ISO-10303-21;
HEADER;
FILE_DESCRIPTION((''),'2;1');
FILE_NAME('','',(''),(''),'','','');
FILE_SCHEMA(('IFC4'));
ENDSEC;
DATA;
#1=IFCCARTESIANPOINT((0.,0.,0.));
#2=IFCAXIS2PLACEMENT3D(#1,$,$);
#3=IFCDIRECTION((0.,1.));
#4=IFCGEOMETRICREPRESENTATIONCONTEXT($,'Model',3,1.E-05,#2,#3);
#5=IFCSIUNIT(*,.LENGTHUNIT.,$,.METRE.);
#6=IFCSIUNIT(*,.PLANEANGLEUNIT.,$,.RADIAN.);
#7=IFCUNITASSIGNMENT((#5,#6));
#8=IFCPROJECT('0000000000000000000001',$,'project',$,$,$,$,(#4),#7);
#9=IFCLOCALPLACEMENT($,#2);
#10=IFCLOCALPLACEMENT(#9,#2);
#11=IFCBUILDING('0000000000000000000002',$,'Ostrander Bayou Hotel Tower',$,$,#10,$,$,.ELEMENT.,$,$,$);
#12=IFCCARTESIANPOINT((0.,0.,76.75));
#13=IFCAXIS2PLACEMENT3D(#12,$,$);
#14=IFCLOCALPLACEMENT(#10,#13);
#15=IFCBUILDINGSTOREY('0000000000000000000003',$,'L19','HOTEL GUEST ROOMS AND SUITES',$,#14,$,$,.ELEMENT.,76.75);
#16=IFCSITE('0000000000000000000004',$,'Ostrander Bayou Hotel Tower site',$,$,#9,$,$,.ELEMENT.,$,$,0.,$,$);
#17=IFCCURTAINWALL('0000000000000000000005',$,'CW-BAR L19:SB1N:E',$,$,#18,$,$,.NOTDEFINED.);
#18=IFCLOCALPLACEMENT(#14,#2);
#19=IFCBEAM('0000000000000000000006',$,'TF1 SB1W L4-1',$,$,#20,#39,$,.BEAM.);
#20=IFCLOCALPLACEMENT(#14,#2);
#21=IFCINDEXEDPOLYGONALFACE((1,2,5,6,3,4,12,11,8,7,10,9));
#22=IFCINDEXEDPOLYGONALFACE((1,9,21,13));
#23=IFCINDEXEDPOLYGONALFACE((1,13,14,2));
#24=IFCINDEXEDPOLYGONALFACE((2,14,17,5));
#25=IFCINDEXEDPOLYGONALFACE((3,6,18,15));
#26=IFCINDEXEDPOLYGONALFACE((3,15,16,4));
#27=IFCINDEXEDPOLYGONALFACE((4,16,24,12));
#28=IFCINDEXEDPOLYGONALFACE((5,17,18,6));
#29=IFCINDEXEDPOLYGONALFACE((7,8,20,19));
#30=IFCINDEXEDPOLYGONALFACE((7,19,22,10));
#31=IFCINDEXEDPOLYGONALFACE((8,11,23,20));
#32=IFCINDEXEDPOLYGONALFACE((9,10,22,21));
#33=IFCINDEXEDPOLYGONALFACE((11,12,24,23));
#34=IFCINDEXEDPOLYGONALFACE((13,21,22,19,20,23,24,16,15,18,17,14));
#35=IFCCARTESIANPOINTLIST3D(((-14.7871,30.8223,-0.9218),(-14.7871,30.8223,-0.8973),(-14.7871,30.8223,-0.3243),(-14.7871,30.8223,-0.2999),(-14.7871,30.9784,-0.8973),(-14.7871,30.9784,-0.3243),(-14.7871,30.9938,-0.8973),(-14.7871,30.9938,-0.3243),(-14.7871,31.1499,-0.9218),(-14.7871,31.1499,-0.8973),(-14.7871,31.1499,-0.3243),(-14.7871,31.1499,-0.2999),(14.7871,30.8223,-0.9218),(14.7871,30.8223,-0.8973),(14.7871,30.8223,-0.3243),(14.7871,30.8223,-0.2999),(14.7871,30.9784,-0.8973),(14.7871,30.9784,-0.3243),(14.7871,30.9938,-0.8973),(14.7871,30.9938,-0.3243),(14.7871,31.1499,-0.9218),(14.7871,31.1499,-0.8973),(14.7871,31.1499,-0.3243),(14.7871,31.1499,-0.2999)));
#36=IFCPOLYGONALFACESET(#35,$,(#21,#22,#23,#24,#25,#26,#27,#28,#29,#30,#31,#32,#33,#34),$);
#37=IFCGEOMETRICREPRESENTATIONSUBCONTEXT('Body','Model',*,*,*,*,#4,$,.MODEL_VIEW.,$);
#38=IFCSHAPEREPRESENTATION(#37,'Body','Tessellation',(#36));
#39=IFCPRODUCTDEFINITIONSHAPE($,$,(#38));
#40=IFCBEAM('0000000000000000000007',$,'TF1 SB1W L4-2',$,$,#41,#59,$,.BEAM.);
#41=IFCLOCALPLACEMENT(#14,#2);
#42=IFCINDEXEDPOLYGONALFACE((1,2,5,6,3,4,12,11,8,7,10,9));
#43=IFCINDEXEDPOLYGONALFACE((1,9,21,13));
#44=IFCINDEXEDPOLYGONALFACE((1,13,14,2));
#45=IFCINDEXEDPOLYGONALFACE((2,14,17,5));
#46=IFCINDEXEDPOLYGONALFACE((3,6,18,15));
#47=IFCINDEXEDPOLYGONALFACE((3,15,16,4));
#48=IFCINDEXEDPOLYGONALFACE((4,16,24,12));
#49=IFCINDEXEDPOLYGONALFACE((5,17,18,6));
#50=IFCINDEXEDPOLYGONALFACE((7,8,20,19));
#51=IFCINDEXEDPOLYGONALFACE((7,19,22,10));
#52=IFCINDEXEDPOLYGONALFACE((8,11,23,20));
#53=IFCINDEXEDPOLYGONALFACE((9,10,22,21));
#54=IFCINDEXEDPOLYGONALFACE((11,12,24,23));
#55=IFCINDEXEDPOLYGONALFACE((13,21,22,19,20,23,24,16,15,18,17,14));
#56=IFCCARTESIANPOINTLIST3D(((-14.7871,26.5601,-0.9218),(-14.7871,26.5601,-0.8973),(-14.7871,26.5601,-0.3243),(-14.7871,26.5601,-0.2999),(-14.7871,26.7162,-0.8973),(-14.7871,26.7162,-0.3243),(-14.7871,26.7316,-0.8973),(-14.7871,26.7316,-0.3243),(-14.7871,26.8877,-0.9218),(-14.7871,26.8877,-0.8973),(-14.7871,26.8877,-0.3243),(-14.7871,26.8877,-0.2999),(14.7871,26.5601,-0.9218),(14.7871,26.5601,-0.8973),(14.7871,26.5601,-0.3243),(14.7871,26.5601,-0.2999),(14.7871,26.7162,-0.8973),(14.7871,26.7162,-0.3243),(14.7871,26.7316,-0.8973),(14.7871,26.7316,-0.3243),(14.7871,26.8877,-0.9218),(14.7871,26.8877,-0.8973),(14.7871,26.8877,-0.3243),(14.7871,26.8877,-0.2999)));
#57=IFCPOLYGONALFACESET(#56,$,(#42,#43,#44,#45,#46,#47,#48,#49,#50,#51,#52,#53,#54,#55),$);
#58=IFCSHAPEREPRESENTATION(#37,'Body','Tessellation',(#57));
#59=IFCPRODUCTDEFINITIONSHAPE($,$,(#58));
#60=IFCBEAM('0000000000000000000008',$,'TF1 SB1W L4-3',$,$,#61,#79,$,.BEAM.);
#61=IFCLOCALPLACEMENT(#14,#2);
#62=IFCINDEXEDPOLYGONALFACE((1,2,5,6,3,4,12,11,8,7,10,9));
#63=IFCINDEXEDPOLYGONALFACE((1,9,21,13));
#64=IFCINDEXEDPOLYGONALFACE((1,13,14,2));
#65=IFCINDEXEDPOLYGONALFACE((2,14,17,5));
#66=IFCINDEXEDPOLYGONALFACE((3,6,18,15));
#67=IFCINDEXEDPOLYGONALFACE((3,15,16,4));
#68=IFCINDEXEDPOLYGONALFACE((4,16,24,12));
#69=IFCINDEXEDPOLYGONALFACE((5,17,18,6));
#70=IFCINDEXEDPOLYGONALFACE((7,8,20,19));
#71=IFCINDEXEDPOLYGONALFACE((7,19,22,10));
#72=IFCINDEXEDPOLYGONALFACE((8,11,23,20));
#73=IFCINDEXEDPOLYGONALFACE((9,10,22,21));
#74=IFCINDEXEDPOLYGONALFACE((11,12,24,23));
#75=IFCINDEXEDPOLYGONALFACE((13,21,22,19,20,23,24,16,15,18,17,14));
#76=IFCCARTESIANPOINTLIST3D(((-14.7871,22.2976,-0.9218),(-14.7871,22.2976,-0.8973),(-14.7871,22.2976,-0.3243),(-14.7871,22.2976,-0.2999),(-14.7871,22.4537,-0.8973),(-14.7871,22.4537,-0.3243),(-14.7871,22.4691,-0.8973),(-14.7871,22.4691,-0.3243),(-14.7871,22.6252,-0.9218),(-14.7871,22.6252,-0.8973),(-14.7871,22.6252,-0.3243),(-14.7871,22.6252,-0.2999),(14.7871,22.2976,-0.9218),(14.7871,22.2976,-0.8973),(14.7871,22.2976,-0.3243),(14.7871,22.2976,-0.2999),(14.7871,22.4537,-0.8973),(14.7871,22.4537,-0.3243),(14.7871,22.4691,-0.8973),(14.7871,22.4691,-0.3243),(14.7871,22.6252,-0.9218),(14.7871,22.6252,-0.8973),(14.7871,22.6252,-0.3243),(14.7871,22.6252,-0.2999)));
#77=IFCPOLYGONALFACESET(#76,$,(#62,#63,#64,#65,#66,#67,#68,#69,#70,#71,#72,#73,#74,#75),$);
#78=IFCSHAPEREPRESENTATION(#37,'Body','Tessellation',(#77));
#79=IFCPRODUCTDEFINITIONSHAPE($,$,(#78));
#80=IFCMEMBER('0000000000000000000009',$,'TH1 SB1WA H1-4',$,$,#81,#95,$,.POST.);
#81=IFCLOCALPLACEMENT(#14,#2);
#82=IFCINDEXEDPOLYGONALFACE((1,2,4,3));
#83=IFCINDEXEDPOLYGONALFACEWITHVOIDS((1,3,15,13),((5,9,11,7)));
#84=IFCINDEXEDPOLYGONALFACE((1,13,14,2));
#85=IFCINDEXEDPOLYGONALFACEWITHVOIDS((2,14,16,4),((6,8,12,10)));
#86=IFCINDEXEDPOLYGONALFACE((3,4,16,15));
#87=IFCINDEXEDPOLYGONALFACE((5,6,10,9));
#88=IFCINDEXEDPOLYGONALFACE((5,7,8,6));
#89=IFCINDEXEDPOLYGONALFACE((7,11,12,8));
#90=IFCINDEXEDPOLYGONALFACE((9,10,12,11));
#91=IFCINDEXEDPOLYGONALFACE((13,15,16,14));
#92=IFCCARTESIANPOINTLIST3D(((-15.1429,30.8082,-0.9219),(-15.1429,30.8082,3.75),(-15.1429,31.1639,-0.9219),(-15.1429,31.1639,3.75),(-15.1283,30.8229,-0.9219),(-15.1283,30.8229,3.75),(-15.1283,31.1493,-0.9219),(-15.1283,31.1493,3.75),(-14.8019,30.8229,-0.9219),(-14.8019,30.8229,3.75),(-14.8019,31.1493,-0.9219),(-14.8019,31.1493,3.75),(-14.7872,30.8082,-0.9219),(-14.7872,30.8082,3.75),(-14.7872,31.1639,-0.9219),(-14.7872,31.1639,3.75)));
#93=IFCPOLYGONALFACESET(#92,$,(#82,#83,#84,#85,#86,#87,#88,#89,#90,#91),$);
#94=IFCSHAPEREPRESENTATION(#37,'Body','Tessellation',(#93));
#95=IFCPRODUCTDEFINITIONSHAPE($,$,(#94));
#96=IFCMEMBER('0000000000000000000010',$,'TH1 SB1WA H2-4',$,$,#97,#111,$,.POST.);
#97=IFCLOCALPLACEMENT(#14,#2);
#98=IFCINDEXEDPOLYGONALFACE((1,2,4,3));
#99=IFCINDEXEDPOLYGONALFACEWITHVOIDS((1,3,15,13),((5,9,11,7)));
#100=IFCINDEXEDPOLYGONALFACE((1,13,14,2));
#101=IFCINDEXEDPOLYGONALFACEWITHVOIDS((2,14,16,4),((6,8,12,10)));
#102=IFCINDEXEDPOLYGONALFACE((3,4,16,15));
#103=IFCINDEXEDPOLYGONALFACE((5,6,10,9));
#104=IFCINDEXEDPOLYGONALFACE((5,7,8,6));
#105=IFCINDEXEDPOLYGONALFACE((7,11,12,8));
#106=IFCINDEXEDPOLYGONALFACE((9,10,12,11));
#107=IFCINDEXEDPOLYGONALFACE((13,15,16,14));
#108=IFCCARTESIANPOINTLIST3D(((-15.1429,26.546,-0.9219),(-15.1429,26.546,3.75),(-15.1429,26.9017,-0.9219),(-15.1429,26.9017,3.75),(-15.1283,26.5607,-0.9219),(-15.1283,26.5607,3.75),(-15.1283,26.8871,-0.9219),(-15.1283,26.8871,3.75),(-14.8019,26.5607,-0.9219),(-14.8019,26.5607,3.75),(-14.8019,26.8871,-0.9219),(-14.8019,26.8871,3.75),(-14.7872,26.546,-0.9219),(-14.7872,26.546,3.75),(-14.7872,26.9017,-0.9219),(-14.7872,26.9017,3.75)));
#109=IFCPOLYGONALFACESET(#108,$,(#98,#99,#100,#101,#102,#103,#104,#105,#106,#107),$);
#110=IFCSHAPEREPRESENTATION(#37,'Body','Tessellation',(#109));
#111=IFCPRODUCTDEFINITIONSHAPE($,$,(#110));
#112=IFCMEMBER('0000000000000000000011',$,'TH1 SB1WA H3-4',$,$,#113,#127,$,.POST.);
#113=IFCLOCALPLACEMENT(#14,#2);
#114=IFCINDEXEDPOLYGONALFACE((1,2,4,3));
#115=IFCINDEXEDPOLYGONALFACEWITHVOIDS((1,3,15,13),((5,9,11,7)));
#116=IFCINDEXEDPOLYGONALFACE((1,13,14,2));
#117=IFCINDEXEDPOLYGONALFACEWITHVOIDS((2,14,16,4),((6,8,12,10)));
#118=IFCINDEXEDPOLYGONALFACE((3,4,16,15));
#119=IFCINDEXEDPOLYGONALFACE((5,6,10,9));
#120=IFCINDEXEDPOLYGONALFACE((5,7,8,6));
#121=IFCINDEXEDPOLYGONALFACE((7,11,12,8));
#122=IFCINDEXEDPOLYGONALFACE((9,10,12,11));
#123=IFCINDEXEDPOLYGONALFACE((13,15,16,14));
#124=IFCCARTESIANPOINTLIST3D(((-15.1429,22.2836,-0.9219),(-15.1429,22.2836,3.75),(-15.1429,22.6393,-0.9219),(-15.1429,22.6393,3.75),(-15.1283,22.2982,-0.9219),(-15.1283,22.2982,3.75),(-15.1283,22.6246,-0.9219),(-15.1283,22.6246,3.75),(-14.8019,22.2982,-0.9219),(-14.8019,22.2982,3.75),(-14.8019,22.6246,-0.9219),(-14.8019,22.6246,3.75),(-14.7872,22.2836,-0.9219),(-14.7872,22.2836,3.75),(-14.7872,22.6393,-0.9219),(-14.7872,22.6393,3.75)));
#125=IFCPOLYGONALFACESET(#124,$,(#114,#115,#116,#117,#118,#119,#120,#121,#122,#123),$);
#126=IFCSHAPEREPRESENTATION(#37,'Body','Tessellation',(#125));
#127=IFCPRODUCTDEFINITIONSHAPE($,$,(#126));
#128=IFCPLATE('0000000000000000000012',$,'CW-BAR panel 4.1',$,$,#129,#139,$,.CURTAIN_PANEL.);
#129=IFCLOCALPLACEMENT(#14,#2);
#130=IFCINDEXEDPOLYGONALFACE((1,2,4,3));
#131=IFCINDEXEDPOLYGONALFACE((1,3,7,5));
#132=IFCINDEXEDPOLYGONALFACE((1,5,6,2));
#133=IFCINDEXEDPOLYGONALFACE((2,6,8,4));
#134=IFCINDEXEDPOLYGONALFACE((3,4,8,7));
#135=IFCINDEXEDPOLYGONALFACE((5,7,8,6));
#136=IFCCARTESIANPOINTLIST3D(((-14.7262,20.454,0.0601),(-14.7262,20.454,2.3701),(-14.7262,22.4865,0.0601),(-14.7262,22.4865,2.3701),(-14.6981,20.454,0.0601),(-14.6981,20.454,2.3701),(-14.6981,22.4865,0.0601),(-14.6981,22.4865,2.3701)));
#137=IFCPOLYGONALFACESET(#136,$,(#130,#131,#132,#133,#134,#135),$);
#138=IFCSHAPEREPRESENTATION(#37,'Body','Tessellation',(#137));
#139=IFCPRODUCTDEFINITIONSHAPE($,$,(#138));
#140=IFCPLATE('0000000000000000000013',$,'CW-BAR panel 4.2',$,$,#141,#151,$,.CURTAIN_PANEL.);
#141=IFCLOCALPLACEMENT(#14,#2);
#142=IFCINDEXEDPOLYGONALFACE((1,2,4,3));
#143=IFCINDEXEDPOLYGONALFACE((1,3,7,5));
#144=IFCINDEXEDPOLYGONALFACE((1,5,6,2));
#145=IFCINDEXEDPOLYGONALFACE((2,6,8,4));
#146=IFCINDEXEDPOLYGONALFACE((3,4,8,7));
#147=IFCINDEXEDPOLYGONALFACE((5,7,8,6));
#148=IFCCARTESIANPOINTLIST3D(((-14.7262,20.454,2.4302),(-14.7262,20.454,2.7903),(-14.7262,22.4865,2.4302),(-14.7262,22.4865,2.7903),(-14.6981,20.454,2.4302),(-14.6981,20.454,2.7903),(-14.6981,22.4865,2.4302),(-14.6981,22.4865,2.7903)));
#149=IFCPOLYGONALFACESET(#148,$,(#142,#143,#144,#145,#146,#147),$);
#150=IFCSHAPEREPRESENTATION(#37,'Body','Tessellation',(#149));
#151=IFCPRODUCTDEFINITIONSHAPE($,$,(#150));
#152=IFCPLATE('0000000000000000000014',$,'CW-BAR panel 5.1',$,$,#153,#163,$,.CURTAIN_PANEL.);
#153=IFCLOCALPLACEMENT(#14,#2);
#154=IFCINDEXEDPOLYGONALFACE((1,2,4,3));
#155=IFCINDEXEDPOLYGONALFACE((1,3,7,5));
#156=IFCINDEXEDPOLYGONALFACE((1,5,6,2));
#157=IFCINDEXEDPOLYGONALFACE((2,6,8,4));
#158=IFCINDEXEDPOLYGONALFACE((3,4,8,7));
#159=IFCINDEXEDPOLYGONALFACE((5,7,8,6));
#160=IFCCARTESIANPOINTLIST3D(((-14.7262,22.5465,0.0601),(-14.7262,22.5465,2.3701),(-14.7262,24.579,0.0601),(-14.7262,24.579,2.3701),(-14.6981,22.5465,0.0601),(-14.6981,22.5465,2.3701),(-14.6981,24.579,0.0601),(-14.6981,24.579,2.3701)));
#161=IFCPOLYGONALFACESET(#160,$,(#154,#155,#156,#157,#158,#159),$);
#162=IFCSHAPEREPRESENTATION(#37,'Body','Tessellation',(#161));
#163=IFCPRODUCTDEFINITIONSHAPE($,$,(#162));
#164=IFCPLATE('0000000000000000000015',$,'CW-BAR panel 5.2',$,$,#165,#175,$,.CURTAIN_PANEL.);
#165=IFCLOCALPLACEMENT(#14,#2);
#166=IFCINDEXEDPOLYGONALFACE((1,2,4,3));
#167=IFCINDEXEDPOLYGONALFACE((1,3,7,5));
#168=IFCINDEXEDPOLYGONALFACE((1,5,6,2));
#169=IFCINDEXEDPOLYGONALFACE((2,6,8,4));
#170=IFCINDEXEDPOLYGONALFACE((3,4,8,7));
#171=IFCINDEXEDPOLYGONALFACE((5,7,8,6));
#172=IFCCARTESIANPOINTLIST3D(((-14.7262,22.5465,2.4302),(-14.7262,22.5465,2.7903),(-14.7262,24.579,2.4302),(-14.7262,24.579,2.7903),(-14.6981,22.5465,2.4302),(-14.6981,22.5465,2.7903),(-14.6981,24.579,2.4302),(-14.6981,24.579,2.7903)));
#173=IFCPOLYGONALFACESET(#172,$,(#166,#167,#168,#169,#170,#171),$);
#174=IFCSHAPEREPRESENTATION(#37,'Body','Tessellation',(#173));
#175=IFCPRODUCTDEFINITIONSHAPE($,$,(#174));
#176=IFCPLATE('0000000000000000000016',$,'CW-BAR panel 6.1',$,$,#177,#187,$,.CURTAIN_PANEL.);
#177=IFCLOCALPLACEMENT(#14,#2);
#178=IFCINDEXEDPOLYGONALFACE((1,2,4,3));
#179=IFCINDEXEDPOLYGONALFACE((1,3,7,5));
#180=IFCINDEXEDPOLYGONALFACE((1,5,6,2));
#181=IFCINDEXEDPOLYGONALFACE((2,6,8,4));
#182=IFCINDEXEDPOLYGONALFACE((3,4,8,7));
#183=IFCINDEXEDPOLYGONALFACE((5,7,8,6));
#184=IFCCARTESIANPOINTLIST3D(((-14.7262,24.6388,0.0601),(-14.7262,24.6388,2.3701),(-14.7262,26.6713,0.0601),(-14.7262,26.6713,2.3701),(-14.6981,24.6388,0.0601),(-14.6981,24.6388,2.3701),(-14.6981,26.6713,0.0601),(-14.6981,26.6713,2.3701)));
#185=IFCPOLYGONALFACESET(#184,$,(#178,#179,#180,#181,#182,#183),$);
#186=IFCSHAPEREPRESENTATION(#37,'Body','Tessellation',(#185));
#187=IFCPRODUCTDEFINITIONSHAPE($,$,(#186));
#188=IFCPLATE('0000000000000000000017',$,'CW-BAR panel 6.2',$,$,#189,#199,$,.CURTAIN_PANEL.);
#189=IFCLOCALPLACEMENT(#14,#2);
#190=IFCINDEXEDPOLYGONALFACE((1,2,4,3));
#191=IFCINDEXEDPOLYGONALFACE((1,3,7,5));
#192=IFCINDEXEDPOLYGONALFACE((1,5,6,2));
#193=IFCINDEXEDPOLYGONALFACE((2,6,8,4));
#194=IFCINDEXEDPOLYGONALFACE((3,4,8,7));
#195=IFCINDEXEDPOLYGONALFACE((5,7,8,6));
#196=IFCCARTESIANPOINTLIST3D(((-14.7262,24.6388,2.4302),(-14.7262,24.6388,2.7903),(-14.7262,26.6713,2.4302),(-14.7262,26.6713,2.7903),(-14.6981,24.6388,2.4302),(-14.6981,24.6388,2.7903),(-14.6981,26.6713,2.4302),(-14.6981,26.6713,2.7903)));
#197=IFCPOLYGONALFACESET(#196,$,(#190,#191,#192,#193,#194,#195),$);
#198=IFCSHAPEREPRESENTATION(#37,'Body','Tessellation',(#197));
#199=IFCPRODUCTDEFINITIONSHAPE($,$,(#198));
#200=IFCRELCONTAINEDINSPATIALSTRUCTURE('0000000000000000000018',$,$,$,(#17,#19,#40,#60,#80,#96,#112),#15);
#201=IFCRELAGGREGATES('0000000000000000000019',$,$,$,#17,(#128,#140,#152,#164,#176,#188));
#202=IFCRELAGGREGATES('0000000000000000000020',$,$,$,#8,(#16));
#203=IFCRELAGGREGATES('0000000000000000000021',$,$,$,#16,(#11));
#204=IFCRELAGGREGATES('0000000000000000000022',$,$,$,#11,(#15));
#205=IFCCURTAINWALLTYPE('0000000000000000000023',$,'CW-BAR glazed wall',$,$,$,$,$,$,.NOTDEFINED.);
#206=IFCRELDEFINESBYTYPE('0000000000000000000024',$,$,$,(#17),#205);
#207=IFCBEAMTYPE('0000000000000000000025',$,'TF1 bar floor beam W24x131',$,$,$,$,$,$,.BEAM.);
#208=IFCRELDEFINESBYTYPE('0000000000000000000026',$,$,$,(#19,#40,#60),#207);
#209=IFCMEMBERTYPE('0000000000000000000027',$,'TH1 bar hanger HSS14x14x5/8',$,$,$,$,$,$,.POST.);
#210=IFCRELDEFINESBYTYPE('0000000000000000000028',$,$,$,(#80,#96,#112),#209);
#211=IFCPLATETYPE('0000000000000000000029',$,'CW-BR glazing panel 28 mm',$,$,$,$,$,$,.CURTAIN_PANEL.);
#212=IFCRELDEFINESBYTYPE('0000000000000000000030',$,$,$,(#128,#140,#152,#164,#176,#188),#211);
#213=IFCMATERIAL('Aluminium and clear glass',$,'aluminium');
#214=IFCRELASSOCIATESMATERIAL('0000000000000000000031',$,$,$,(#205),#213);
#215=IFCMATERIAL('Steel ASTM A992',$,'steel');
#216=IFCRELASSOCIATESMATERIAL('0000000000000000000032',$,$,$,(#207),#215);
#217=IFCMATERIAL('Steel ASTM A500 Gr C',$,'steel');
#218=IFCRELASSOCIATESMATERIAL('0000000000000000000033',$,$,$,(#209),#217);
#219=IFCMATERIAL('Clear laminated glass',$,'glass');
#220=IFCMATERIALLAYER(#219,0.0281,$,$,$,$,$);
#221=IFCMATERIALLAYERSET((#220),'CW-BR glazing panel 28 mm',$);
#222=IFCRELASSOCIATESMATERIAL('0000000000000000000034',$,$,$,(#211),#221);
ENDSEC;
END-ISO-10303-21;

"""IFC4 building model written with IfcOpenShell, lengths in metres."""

from ifc_helpers import new_model, si_unit, direction, frame, origin, origin_2d, place, context, subcontext, project, spatial, rectangle, hollow_rectangle, i_section, extrude, material, layer, layer_set, material_profile, profile_set, type_object, element, aggregate, save


model = new_model("IFC4")

# Units and contexts
model_context = context("Model", 3, precision=1e-05, world=origin(), true_north=direction((0.0, 1.0)))
body_context = subcontext(model_context, "Body", "Model", "MODEL_VIEW")
ifc_project = project(units=[si_unit("LENGTHUNIT", "METRE"), si_unit("PLANEANGLEUNIT", "RADIAN")], contexts=[model_context])

# Site, building, storey
site_placement = place(None, origin())
site = spatial("IfcSite", under=ifc_project, at=site_placement, Name="Ostrander Bayou Hotel Tower site", CompositionType="ELEMENT", RefElevation=0.0)
building_placement = place(site_placement, origin())
building = spatial("IfcBuilding", under=site, at=building_placement, Name="Ostrander Bayou Hotel Tower", CompositionType="ELEMENT")
storey_placement = place(building_placement, frame((0.0, 0.0, 76.75)))
storey = spatial("IfcBuildingStorey", under=building, at=storey_placement, Name="L19", Description="HOTEL GUEST ROOMS AND SUITES", CompositionType="ELEMENT", Elevation=76.75)

# Curtain wall
ifc_material_1 = material(Name="Aluminium and clear glass", Category="aluminium")
curtain_wall_type = type_object("IfcCurtainWallType", Name="CW-BAR glazed wall", PredefinedType="NOTDEFINED", material=ifc_material_1)
curtain_wall_1_placement = place(storey_placement, origin())
curtain_wall_1 = element("IfcCurtainWall", 1, at=curtain_wall_1_placement, inside=storey, type_object=curtain_wall_type, Name="CW-BAR L19:SB1N:E", PredefinedType="NOTDEFINED")

# Beams
ifc_material_2 = material(Name="Steel ASTM A992", Category="steel")
ifc_material_profile_1 = material_profile(ifc_material_2, i_section(OverallWidth=0.3276, OverallDepth=0.6218, WebThickness=0.0154, FlangeThickness=0.0244, at=origin_2d()))
ifc_profile_set_1 = profile_set([ifc_material_profile_1], Name="Steel ASTM A992")
beam_type = type_object("IfcBeamType", Name="TF1 bar floor beam W24x131", PredefinedType="BEAM", material=ifc_profile_set_1)
for number, where, z_axis, x_axis, name in (
    (2, (-14.7871, 30.9861, -0.6108), (1.0, 0.0, 0.0), (0.0, 1.0, 0.0), "TF1 SB1W L4-1"),
    (3, (-14.7871, 26.7239, -0.6108), (1.0, 0.0, 0.0), (0.0, 1.0, 0.0), "TF1 SB1W L4-2"),
    (4, (-14.7871, 22.4614, -0.6108), (1.0, 0.0, 0.0), (0.0, 1.0, 0.0), "TF1 SB1W L4-3"),
):
    element("IfcBeam", number, at=place(storey_placement, frame(where, z_axis=z_axis, x_axis=x_axis)), inside=storey, type_object=beam_type, Name=name, PredefinedType="BEAM", context=body_context, shape_type="SweptSolid", body=[
        extrude(i_section(OverallWidth=0.3276, OverallDepth=0.6218, WebThickness=0.0154, FlangeThickness=0.0244, at=origin_2d()), origin(), (0.0, 0.0, 1.0), 29.5742),
    ])

# Members
ifc_material_3 = material(Name="Steel ASTM A500 Gr C", Category="steel")
ifc_material_profile_2 = material_profile(ifc_material_3, hollow_rectangle(XDim=0.3557, YDim=0.3557, WallThickness=0.0146, at=origin_2d()))
ifc_profile_set_2 = profile_set([ifc_material_profile_2], Name="Steel ASTM A500 Gr C")
member_type_1 = type_object("IfcMemberType", Name="TH1 bar hanger HSS14x14x5/8", PredefinedType="POST", material=ifc_profile_set_2)
for number, where, z_axis, x_axis, name in (
    (5, (-14.9651, 30.9861, -0.9219), (0.0, 0.0, 1.0), (1.0, 0.0, 0.0), "TH1 SB1WA H1-4"),
    (6, (-14.9651, 26.7239, -0.9219), (0.0, 0.0, 1.0), (1.0, 0.0, 0.0), "TH1 SB1WA H2-4"),
    (7, (-14.9651, 22.4614, -0.9219), (0.0, 0.0, 1.0), (1.0, 0.0, 0.0), "TH1 SB1WA H3-4"),
):
    element("IfcMember", number, at=place(storey_placement, frame(where, z_axis=z_axis, x_axis=x_axis)), inside=storey, type_object=member_type_1, Name=name, PredefinedType="POST", context=body_context, shape_type="SweptSolid", body=[
        extrude(hollow_rectangle(XDim=0.3557, YDim=0.3557, WallThickness=0.0146, at=origin_2d()), origin(), (0.0, 0.0, 1.0), 4.6719),
    ])

# Plates
ifc_material_4 = material(Name="Clear laminated glass", Category="glass")
ifc_layer_1 = layer(ifc_material_4, 0.0281)
ifc_layer_set_1 = layer_set([ifc_layer_1], Name="CW-BR glazing panel 28 mm")
plate_type = type_object("IfcPlateType", Name="CW-BR glazing panel 28 mm", PredefinedType="CURTAIN_PANEL", material=ifc_layer_set_1)
plate_1_placement = place(storey_placement, frame((-14.7122, 21.4702, 0.0601), z_axis=(0.0, 0.0, 1.0), x_axis=(0.0, 1.0, 0.0)))
plate_1 = element("IfcPlate", 8, at=plate_1_placement, type_object=plate_type, Name="CW-BAR panel 4.1", PredefinedType="CURTAIN_PANEL", context=body_context, shape_type="SweptSolid", body=[
    extrude(rectangle(XDim=2.0325, YDim=0.0281, at=origin_2d()), origin(), (0.0, 0.0, 1.0), 2.3101),
])
plate_2_placement = place(storey_placement, frame((-14.7122, 21.4702, 2.4302), z_axis=(0.0, 0.0, 1.0), x_axis=(0.0, 1.0, 0.0)))
plate_2 = element("IfcPlate", 9, at=plate_2_placement, type_object=plate_type, Name="CW-BAR panel 4.2", PredefinedType="CURTAIN_PANEL", context=body_context, shape_type="SweptSolid", body=[
    extrude(rectangle(XDim=2.0325, YDim=0.0281, at=origin_2d()), origin(), (0.0, 0.0, 1.0), 0.3601),
])
plate_3_placement = place(storey_placement, frame((-14.7122, 23.5627, 0.0601), z_axis=(0.0, 0.0, 1.0), x_axis=(0.0, 1.0, 0.0)))
plate_3 = element("IfcPlate", 10, at=plate_3_placement, type_object=plate_type, Name="CW-BAR panel 5.1", PredefinedType="CURTAIN_PANEL", context=body_context, shape_type="SweptSolid", body=[
    extrude(rectangle(XDim=2.0325, YDim=0.0281, at=origin_2d()), origin(), (0.0, 0.0, 1.0), 2.3101),
])
plate_4_placement = place(storey_placement, frame((-14.7122, 23.5627, 2.4302), z_axis=(0.0, 0.0, 1.0), x_axis=(0.0, 1.0, 0.0)))
plate_4 = element("IfcPlate", 11, at=plate_4_placement, type_object=plate_type, Name="CW-BAR panel 5.2", PredefinedType="CURTAIN_PANEL", context=body_context, shape_type="SweptSolid", body=[
    extrude(rectangle(XDim=2.0325, YDim=0.0281, at=origin_2d()), origin(), (0.0, 0.0, 1.0), 0.3601),
])
plate_5_placement = place(storey_placement, frame((-14.7122, 25.655, 0.0601), z_axis=(0.0, 0.0, 1.0), x_axis=(0.0, 1.0, 0.0)))
plate_5 = element("IfcPlate", 12, at=plate_5_placement, type_object=plate_type, Name="CW-BAR panel 6.1", PredefinedType="CURTAIN_PANEL", context=body_context, shape_type="SweptSolid", body=[
    extrude(rectangle(XDim=2.0325, YDim=0.0281, at=origin_2d()), origin(), (0.0, 0.0, 1.0), 2.3101),
])
plate_6_placement = place(storey_placement, frame((-14.7122, 25.655, 2.4302), z_axis=(0.0, 0.0, 1.0), x_axis=(0.0, 1.0, 0.0)))
plate_6 = element("IfcPlate", 13, at=plate_6_placement, type_object=plate_type, Name="CW-BAR panel 6.2", PredefinedType="CURTAIN_PANEL", context=body_context, shape_type="SweptSolid", body=[
    extrude(rectangle(XDim=2.0325, YDim=0.0281, at=origin_2d()), origin(), (0.0, 0.0, 1.0), 0.3601),
])
aggregate(curtain_wall_1, [plate_1, plate_2, plate_3, plate_4, plate_5, plate_6])

save(model, "model.ifc")
